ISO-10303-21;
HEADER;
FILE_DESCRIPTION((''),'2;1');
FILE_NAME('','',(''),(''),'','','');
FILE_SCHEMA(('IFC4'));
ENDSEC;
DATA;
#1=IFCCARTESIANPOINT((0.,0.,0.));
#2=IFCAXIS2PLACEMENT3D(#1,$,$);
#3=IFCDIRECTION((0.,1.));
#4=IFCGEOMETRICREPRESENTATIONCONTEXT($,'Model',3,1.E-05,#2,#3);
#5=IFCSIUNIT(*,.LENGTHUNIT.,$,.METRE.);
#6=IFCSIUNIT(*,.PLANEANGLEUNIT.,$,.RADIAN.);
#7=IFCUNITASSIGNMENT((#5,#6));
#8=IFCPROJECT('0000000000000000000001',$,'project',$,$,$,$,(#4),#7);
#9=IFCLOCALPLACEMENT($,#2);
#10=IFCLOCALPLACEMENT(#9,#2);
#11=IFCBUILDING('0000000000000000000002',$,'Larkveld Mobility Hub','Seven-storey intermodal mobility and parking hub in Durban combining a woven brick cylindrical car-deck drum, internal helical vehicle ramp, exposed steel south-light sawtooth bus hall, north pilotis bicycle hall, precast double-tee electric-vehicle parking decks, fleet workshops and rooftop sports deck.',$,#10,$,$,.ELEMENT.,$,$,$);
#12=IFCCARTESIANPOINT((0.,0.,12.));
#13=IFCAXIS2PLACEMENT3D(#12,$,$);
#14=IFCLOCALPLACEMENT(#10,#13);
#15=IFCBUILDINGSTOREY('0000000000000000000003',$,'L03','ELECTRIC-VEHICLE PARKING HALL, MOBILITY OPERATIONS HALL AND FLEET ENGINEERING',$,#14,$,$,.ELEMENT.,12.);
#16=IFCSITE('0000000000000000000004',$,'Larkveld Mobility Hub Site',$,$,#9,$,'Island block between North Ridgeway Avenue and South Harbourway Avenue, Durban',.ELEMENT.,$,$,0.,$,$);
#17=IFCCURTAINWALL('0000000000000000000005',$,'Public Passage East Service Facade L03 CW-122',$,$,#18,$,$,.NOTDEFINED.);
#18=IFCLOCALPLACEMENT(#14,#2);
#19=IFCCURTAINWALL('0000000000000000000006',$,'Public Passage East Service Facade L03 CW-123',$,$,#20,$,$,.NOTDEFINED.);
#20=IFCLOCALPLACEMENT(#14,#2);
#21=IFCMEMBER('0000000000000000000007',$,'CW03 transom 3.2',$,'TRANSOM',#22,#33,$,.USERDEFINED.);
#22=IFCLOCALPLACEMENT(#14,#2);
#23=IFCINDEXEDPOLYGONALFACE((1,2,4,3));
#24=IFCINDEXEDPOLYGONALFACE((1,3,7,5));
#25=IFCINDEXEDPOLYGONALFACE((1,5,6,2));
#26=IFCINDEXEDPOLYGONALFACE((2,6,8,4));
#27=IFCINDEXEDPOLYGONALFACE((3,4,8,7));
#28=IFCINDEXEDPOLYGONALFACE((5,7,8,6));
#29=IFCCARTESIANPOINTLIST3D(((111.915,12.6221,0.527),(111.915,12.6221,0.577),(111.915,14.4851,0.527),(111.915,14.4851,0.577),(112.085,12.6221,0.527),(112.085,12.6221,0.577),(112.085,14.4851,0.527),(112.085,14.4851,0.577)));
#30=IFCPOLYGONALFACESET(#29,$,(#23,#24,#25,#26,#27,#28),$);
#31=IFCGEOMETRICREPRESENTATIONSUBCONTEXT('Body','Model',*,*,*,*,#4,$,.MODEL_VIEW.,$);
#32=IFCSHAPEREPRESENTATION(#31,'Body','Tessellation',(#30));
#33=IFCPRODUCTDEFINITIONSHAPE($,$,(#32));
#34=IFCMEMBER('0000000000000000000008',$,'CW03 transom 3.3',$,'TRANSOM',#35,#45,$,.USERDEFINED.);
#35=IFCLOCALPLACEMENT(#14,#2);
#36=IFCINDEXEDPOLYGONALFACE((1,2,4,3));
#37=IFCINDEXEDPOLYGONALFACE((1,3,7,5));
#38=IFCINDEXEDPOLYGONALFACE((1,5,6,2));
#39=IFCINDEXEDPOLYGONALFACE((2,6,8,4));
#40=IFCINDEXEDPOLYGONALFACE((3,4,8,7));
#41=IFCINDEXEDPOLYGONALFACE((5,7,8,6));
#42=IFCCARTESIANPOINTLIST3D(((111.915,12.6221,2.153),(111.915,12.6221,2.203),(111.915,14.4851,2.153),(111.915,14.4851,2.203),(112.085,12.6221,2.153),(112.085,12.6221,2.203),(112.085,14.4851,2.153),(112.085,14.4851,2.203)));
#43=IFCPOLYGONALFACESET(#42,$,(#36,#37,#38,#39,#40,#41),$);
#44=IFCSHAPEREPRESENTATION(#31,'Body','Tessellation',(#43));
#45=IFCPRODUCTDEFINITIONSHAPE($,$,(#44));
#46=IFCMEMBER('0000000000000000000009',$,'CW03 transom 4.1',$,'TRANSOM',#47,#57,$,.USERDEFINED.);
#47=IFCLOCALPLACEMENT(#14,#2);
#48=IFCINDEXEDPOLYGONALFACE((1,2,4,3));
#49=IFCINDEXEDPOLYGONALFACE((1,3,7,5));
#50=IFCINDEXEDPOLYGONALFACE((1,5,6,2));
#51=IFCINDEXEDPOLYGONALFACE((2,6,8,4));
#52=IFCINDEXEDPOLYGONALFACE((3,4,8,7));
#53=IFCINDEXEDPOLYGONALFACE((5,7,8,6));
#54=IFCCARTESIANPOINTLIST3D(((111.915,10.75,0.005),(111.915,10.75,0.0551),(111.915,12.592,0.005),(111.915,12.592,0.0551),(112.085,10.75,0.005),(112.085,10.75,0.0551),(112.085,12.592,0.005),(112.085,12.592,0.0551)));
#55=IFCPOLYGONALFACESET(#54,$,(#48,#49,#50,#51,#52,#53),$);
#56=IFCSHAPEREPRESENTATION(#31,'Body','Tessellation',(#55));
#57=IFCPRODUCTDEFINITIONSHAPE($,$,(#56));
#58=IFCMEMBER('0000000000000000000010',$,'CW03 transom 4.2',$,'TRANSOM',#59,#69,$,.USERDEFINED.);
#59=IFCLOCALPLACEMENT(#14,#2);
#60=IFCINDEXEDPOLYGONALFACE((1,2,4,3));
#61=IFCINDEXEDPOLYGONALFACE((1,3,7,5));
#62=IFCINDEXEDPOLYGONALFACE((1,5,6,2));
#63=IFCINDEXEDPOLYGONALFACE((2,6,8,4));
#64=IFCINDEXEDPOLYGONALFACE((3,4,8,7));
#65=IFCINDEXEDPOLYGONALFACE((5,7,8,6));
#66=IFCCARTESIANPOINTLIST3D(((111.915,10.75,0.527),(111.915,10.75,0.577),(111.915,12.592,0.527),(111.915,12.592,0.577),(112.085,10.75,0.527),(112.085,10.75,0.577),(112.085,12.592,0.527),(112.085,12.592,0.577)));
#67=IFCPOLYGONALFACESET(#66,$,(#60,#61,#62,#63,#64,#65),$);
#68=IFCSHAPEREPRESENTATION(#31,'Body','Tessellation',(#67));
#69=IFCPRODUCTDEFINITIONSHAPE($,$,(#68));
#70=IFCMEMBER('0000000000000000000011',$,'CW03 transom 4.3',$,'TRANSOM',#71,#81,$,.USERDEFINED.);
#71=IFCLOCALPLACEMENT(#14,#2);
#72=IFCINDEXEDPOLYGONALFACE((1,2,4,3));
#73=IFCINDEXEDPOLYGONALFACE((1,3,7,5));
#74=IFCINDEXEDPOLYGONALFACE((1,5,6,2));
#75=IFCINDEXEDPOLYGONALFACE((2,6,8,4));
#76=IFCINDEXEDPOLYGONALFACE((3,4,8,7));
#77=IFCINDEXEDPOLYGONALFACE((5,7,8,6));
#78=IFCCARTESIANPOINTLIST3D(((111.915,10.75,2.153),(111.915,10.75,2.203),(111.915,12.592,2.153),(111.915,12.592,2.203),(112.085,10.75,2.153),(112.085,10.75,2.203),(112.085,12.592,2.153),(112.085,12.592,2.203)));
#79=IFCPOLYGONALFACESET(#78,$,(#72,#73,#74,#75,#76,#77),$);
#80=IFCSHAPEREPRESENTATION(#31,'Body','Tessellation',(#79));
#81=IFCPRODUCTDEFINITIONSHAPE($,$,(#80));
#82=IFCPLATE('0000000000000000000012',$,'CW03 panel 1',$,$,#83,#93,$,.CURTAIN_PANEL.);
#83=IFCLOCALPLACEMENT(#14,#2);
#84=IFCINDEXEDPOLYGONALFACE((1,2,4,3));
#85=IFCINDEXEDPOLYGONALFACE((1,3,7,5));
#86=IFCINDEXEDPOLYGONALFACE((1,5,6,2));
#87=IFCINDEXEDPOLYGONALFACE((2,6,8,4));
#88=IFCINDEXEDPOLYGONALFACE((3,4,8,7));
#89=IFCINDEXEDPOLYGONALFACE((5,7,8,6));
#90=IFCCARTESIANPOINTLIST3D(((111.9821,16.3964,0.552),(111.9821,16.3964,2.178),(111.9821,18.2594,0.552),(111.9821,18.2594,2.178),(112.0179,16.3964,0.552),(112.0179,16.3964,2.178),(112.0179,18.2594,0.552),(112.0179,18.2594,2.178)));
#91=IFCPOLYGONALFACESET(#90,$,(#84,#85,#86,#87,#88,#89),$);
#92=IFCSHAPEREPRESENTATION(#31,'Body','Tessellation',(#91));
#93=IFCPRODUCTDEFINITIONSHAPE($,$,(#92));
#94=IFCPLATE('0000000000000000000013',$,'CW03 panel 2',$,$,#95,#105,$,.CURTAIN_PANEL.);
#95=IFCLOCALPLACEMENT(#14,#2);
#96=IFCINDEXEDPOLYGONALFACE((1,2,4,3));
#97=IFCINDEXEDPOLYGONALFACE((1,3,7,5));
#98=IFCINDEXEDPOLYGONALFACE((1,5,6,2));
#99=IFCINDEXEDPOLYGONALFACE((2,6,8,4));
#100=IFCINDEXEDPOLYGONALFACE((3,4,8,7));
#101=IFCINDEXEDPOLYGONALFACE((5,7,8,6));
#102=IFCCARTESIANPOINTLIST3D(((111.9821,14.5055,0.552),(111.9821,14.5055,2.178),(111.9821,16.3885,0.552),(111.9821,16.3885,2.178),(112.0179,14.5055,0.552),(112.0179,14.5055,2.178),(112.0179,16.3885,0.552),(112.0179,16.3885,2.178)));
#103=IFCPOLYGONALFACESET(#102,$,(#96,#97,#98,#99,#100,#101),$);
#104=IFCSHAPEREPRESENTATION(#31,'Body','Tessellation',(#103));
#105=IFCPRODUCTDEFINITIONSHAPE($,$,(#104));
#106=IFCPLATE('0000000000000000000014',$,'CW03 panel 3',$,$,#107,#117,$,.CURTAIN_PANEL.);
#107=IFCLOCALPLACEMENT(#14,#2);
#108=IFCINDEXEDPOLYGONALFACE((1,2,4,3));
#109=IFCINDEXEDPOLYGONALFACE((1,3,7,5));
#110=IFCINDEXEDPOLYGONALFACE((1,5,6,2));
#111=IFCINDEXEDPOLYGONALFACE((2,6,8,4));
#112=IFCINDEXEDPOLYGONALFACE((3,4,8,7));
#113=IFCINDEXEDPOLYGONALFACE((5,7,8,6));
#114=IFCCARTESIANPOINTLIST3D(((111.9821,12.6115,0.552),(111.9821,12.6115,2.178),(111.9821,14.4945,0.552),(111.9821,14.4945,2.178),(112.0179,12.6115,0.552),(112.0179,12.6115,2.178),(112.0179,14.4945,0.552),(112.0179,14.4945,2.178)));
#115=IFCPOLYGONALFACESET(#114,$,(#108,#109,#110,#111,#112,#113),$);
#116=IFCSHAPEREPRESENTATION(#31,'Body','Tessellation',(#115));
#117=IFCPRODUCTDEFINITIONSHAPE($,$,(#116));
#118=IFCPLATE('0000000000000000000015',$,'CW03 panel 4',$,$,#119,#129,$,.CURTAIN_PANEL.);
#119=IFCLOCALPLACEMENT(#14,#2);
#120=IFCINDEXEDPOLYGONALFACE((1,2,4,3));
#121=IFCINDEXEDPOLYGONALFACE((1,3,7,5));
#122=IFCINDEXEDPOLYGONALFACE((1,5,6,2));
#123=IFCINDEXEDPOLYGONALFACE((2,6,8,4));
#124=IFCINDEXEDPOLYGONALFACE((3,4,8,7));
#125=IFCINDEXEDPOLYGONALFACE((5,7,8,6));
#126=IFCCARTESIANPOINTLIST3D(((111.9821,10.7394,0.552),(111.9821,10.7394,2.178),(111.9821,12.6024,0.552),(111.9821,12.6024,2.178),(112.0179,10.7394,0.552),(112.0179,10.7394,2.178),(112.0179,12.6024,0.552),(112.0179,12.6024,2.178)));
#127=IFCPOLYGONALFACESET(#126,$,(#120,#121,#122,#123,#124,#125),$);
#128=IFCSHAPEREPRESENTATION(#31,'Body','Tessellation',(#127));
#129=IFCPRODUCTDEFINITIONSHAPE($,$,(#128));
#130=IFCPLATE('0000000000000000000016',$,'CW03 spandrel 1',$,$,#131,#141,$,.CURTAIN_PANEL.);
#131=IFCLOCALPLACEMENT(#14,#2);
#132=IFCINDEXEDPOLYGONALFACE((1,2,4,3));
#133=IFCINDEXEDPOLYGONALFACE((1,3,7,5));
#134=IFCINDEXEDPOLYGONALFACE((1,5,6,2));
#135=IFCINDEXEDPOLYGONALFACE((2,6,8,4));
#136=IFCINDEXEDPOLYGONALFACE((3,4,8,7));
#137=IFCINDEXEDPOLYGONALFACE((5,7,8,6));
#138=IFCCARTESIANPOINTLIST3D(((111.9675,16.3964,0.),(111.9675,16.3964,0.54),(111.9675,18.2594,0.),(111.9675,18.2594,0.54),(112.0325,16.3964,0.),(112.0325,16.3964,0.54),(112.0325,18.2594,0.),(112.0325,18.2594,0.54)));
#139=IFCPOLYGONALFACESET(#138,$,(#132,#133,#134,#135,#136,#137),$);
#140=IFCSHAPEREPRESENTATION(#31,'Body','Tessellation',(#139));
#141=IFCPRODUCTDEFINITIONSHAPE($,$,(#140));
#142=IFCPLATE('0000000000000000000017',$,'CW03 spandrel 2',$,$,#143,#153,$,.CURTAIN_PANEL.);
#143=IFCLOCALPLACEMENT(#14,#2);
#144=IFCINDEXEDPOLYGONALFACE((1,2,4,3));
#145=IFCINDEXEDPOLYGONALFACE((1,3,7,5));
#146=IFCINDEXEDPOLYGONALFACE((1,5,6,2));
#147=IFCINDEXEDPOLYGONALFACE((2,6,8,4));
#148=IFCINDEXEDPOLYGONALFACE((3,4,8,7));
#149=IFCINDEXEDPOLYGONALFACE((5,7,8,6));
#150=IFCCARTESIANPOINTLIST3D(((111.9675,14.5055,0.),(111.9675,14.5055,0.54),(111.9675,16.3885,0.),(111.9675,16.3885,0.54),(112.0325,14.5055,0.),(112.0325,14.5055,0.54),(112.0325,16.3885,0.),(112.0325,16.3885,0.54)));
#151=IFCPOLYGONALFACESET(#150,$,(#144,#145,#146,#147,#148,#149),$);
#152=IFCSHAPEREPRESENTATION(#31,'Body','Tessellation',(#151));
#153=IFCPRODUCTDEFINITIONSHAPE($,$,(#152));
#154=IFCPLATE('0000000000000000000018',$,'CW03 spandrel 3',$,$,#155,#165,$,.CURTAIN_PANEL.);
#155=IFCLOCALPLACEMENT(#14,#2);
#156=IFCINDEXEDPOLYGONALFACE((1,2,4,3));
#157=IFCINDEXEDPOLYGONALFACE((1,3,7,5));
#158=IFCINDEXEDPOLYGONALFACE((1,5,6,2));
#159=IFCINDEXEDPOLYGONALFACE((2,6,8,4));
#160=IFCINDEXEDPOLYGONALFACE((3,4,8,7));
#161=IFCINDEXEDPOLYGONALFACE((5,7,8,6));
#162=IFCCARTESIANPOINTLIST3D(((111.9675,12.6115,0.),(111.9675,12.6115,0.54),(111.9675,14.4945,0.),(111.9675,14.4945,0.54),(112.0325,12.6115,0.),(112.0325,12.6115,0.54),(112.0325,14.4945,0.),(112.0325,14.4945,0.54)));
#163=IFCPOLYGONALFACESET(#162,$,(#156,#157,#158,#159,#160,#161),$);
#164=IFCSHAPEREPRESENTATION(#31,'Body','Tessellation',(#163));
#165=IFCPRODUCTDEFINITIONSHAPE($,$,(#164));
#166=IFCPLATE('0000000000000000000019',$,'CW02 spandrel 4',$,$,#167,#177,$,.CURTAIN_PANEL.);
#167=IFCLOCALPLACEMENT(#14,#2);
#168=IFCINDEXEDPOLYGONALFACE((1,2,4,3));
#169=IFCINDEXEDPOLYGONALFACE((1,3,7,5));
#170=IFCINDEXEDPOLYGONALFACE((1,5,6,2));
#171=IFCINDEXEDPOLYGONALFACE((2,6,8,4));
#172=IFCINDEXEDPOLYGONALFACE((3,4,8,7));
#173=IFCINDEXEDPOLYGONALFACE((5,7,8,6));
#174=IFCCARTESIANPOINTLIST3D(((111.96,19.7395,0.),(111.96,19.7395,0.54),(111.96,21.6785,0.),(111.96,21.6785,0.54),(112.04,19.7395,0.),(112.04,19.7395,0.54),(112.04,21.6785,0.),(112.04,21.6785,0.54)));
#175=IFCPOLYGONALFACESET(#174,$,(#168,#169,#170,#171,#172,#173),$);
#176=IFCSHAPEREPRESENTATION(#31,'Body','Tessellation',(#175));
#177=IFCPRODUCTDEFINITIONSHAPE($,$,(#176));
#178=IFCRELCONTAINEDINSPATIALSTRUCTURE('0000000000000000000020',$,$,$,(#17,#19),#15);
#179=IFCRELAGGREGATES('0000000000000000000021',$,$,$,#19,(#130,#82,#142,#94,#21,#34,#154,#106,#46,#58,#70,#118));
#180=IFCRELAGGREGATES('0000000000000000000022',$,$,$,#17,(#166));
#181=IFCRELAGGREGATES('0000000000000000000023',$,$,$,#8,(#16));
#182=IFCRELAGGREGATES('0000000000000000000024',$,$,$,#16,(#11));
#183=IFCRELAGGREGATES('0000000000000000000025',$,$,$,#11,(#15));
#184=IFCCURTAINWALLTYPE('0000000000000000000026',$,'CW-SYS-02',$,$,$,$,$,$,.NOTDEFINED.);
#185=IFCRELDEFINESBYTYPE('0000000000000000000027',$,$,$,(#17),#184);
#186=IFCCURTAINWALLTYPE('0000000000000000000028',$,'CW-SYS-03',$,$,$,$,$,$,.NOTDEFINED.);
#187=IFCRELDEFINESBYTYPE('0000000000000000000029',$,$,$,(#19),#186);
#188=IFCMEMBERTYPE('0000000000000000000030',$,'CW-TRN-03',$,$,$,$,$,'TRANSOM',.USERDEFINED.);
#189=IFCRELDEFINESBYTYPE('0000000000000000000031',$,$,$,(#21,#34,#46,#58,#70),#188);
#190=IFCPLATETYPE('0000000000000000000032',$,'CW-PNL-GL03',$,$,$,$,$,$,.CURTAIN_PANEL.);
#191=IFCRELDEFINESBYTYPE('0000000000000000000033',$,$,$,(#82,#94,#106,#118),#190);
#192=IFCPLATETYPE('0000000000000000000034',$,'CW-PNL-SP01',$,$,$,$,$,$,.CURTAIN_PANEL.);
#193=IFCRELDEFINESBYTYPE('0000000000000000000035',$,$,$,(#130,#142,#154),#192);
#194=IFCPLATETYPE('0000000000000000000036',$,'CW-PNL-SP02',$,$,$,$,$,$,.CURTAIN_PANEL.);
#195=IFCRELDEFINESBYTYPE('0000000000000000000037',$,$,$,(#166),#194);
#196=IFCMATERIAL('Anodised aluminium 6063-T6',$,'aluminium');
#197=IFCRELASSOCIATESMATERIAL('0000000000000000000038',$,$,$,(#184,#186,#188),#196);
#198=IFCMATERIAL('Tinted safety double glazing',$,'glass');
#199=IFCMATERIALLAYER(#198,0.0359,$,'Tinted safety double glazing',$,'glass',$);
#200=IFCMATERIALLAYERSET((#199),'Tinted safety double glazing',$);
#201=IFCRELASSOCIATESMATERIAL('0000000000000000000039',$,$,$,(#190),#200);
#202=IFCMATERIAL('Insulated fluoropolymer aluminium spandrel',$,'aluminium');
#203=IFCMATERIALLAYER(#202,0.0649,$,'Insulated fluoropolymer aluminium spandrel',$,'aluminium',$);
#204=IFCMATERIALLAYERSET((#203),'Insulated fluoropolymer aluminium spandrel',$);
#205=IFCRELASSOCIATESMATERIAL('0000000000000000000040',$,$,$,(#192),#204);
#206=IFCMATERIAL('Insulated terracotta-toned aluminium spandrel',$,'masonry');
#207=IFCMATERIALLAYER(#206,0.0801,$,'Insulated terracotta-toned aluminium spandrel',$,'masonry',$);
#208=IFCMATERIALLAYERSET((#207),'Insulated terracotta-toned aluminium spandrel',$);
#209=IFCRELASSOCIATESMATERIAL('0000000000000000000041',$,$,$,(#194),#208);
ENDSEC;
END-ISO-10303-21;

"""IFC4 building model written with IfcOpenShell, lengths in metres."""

from ifc_helpers import new_model, si_unit, direction, frame, origin, origin_2d, place, context, subcontext, project, spatial, rectangle, extrude, material, layer, layer_set, material_profile, profile_set, type_object, element, aggregate, save


model = new_model("IFC4")

# Units and contexts
model_context = context("Model", 3, precision=1e-05, world=origin(), true_north=direction((0.0, 1.0)))
body_context = subcontext(model_context, "Body", "Model", "MODEL_VIEW")
ifc_project = project(units=[si_unit("LENGTHUNIT", "METRE"), si_unit("PLANEANGLEUNIT", "RADIAN")], contexts=[model_context])

# Site, building, storey
site_placement = place(None, origin())
site = spatial("IfcSite", under=ifc_project, at=site_placement, Name="Larkveld Mobility Hub Site", LongName="Island block between North Ridgeway Avenue and South Harbourway Avenue, Durban", CompositionType="ELEMENT", RefElevation=0.0)
building_placement = place(site_placement, origin())
building = spatial("IfcBuilding", under=site, at=building_placement, Name="Larkveld Mobility Hub", Description="Seven-storey intermodal mobility and parking hub in Durban combining a woven brick cylindrical car-deck drum, internal helical vehicle ramp, exposed steel south-light sawtooth bus hall, north pilotis bicycle hall, precast double-tee electric-vehicle parking decks, fleet workshops and rooftop sports deck.", CompositionType="ELEMENT")
storey_placement = place(building_placement, frame((0.0, 0.0, 12.0)))
storey = spatial("IfcBuildingStorey", under=building, at=storey_placement, Name="L03", Description="ELECTRIC-VEHICLE PARKING HALL, MOBILITY OPERATIONS HALL AND FLEET ENGINEERING", CompositionType="ELEMENT", Elevation=12.0)

# Curtain wall
ifc_material_1 = material(Name="Anodised aluminium 6063-T6", Category="aluminium")
curtain_wall_type_1 = type_object("IfcCurtainWallType", Name="CW-SYS-02", PredefinedType="NOTDEFINED", material=ifc_material_1)
curtain_wall_1_placement = place(storey_placement, origin())
curtain_wall_1 = element("IfcCurtainWall", 1, at=curtain_wall_1_placement, inside=storey, type_object=curtain_wall_type_1, Name="Public Passage East Service Facade L03 CW-122", PredefinedType="NOTDEFINED")

# Curtain wall, members, plates
curtain_wall_type_2 = type_object("IfcCurtainWallType", Name="CW-SYS-03", PredefinedType="NOTDEFINED", material=ifc_material_1)
curtain_wall_2_placement = place(storey_placement, origin())
curtain_wall_2 = element("IfcCurtainWall", 2, at=curtain_wall_2_placement, inside=storey, type_object=curtain_wall_type_2, Name="Public Passage East Service Facade L03 CW-123", PredefinedType="NOTDEFINED")
ifc_material_profile_1 = material_profile(ifc_material_1, rectangle(XDim=0.1699, YDim=0.05, at=origin_2d()), Name="ALU TRAN 50x170")
ifc_profile_set_1 = profile_set([ifc_material_profile_1], Name="Anodised aluminium 6063-T6")
member_type_1 = type_object("IfcMemberType", Name="CW-TRN-03", ElementType="TRANSOM", PredefinedType="USERDEFINED", material=ifc_profile_set_1)
member_1_placement = place(storey_placement, frame((112.0, 14.4851, 0.552), z_axis=(0.0, -1.0, 0.0), x_axis=(1.0, 0.0, 0.0)))
member_1 = element("IfcMember", 3, at=member_1_placement, type_object=member_type_1, Name="CW03 transom 3.2", ObjectType="TRANSOM", PredefinedType="USERDEFINED", context=body_context, shape_type="SweptSolid", body=[
    extrude(rectangle(XDim=0.1699, YDim=0.05, at=origin_2d()), origin(), (0.0, 0.0, 1.0), 1.863),
])
member_2_placement = place(storey_placement, frame((112.0, 14.4851, 2.178), z_axis=(0.0, -1.0, 0.0), x_axis=(1.0, 0.0, 0.0)))
member_2 = element("IfcMember", 4, at=member_2_placement, type_object=member_type_1, Name="CW03 transom 3.3", ObjectType="TRANSOM", PredefinedType="USERDEFINED", context=body_context, shape_type="SweptSolid", body=[
    extrude(rectangle(XDim=0.1699, YDim=0.05, at=origin_2d()), origin(), (0.0, 0.0, 1.0), 1.863),
])
member_3_placement = place(storey_placement, frame((112.0, 12.592, 0.03), z_axis=(0.0, -1.0, 0.0), x_axis=(1.0, 0.0, 0.0)))
member_3 = element("IfcMember", 5, at=member_3_placement, type_object=member_type_1, Name="CW03 transom 4.1", ObjectType="TRANSOM", PredefinedType="USERDEFINED", context=body_context, shape_type="SweptSolid", body=[
    extrude(rectangle(XDim=0.1699, YDim=0.05, at=origin_2d()), origin(), (0.0, 0.0, 1.0), 1.842),
])
member_4_placement = place(storey_placement, frame((112.0, 12.592, 0.552), z_axis=(0.0, -1.0, 0.0), x_axis=(1.0, 0.0, 0.0)))
member_4 = element("IfcMember", 6, at=member_4_placement, type_object=member_type_1, Name="CW03 transom 4.2", ObjectType="TRANSOM", PredefinedType="USERDEFINED", context=body_context, shape_type="SweptSolid", body=[
    extrude(rectangle(XDim=0.1699, YDim=0.05, at=origin_2d()), origin(), (0.0, 0.0, 1.0), 1.842),
])
member_5_placement = place(storey_placement, frame((112.0, 12.592, 2.178), z_axis=(0.0, -1.0, 0.0), x_axis=(1.0, 0.0, 0.0)))
member_5 = element("IfcMember", 7, at=member_5_placement, type_object=member_type_1, Name="CW03 transom 4.3", ObjectType="TRANSOM", PredefinedType="USERDEFINED", context=body_context, shape_type="SweptSolid", body=[
    extrude(rectangle(XDim=0.1699, YDim=0.05, at=origin_2d()), origin(), (0.0, 0.0, 1.0), 1.842),
])
ifc_material_2 = material(Name="Tinted safety double glazing", Category="glass")
ifc_layer_1 = layer(ifc_material_2, 0.0359, Name="Tinted safety double glazing", Category="glass")
ifc_layer_set_1 = layer_set([ifc_layer_1], Name="Tinted safety double glazing")
plate_type_1 = type_object("IfcPlateType", Name="CW-PNL-GL03", PredefinedType="CURTAIN_PANEL", material=ifc_layer_set_1)
plate_1_placement = place(storey_placement, frame((112.0, 17.3279, 0.552), z_axis=(0.0, 0.0, 1.0), x_axis=(0.0, -1.0, 0.0)))
plate_1 = element("IfcPlate", 8, at=plate_1_placement, type_object=plate_type_1, Name="CW03 panel 1", PredefinedType="CURTAIN_PANEL", context=body_context, shape_type="SweptSolid", body=[
    extrude(rectangle(XDim=1.863, YDim=0.0359, at=origin_2d()), origin(), (0.0, 0.0, 1.0), 1.626),
])
plate_2_placement = place(storey_placement, frame((112.0, 15.447, 0.552), z_axis=(0.0, 0.0, 1.0), x_axis=(0.0, -1.0, 0.0)))
plate_2 = element("IfcPlate", 9, at=plate_2_placement, type_object=plate_type_1, Name="CW03 panel 2", PredefinedType="CURTAIN_PANEL", context=body_context, shape_type="SweptSolid", body=[
    extrude(rectangle(XDim=1.8831, YDim=0.0359, at=origin_2d()), origin(), (0.0, 0.0, 1.0), 1.626),
])
plate_3_placement = place(storey_placement, frame((112.0, 13.553, 0.552), z_axis=(0.0, 0.0, 1.0), x_axis=(0.0, -1.0, 0.0)))
plate_3 = element("IfcPlate", 10, at=plate_3_placement, type_object=plate_type_1, Name="CW03 panel 3", PredefinedType="CURTAIN_PANEL", context=body_context, shape_type="SweptSolid", body=[
    extrude(rectangle(XDim=1.8831, YDim=0.0359, at=origin_2d()), origin(), (0.0, 0.0, 1.0), 1.626),
])
plate_4_placement = place(storey_placement, frame((112.0, 11.6709, 0.552), z_axis=(0.0, 0.0, 1.0), x_axis=(0.0, -1.0, 0.0)))
plate_4 = element("IfcPlate", 11, at=plate_4_placement, type_object=plate_type_1, Name="CW03 panel 4", PredefinedType="CURTAIN_PANEL", context=body_context, shape_type="SweptSolid", body=[
    extrude(rectangle(XDim=1.863, YDim=0.0359, at=origin_2d()), origin(), (0.0, 0.0, 1.0), 1.626),
])
ifc_material_3 = material(Name="Insulated fluoropolymer aluminium spandrel", Category="aluminium")
ifc_layer_2 = layer(ifc_material_3, 0.0649, Name="Insulated fluoropolymer aluminium spandrel", Category="aluminium")
ifc_layer_set_2 = layer_set([ifc_layer_2], Name="Insulated fluoropolymer aluminium spandrel")
plate_type_2 = type_object("IfcPlateType", Name="CW-PNL-SP01", PredefinedType="CURTAIN_PANEL", material=ifc_layer_set_2)
plate_5_placement = place(storey_placement, frame((112.0, 17.3279, 0.0), z_axis=(0.0, 0.0, 1.0), x_axis=(0.0, -1.0, 0.0)))
plate_5 = element("IfcPlate", 12, at=plate_5_placement, type_object=plate_type_2, Name="CW03 spandrel 1", PredefinedType="CURTAIN_PANEL", context=body_context, shape_type="SweptSolid", body=[
    extrude(rectangle(XDim=1.863, YDim=0.0649, at=origin_2d()), origin(), (0.0, 0.0, 1.0), 0.54),
])
plate_6_placement = place(storey_placement, frame((112.0, 15.447, 0.0), z_axis=(0.0, 0.0, 1.0), x_axis=(0.0, -1.0, 0.0)))
plate_6 = element("IfcPlate", 13, at=plate_6_placement, type_object=plate_type_2, Name="CW03 spandrel 2", PredefinedType="CURTAIN_PANEL", context=body_context, shape_type="SweptSolid", body=[
    extrude(rectangle(XDim=1.8831, YDim=0.0649, at=origin_2d()), origin(), (0.0, 0.0, 1.0), 0.54),
])
plate_7_placement = place(storey_placement, frame((112.0, 13.553, 0.0), z_axis=(0.0, 0.0, 1.0), x_axis=(0.0, -1.0, 0.0)))
plate_7 = element("IfcPlate", 14, at=plate_7_placement, type_object=plate_type_2, Name="CW03 spandrel 3", PredefinedType="CURTAIN_PANEL", context=body_context, shape_type="SweptSolid", body=[
    extrude(rectangle(XDim=1.8831, YDim=0.0649, at=origin_2d()), origin(), (0.0, 0.0, 1.0), 0.54),
])
aggregate(curtain_wall_2, [plate_5, plate_1, plate_6, plate_2, member_1, member_2, plate_7, plate_3, member_3, member_4, member_5, plate_4])

# Plate
ifc_material_4 = material(Name="Insulated terracotta-toned aluminium spandrel", Category="masonry")
ifc_layer_3 = layer(ifc_material_4, 0.0801, Name="Insulated terracotta-toned aluminium spandrel", Category="masonry")
ifc_layer_set_3 = layer_set([ifc_layer_3], Name="Insulated terracotta-toned aluminium spandrel")
plate_type_3 = type_object("IfcPlateType", Name="CW-PNL-SP02", PredefinedType="CURTAIN_PANEL", material=ifc_layer_set_3)
plate_8_placement = place(storey_placement, frame((112.0, 20.709, 0.0), z_axis=(0.0, 0.0, 1.0), x_axis=(0.0, -1.0, 0.0)))
plate_8 = element("IfcPlate", 15, at=plate_8_placement, type_object=plate_type_3, Name="CW02 spandrel 4", PredefinedType="CURTAIN_PANEL", context=body_context, shape_type="SweptSolid", body=[
    extrude(rectangle(XDim=1.939, YDim=0.0801, at=origin_2d()), origin(), (0.0, 0.0, 1.0), 0.54),
])
aggregate(curtain_wall_1, [plate_8])

save(model, "model.ifc")
